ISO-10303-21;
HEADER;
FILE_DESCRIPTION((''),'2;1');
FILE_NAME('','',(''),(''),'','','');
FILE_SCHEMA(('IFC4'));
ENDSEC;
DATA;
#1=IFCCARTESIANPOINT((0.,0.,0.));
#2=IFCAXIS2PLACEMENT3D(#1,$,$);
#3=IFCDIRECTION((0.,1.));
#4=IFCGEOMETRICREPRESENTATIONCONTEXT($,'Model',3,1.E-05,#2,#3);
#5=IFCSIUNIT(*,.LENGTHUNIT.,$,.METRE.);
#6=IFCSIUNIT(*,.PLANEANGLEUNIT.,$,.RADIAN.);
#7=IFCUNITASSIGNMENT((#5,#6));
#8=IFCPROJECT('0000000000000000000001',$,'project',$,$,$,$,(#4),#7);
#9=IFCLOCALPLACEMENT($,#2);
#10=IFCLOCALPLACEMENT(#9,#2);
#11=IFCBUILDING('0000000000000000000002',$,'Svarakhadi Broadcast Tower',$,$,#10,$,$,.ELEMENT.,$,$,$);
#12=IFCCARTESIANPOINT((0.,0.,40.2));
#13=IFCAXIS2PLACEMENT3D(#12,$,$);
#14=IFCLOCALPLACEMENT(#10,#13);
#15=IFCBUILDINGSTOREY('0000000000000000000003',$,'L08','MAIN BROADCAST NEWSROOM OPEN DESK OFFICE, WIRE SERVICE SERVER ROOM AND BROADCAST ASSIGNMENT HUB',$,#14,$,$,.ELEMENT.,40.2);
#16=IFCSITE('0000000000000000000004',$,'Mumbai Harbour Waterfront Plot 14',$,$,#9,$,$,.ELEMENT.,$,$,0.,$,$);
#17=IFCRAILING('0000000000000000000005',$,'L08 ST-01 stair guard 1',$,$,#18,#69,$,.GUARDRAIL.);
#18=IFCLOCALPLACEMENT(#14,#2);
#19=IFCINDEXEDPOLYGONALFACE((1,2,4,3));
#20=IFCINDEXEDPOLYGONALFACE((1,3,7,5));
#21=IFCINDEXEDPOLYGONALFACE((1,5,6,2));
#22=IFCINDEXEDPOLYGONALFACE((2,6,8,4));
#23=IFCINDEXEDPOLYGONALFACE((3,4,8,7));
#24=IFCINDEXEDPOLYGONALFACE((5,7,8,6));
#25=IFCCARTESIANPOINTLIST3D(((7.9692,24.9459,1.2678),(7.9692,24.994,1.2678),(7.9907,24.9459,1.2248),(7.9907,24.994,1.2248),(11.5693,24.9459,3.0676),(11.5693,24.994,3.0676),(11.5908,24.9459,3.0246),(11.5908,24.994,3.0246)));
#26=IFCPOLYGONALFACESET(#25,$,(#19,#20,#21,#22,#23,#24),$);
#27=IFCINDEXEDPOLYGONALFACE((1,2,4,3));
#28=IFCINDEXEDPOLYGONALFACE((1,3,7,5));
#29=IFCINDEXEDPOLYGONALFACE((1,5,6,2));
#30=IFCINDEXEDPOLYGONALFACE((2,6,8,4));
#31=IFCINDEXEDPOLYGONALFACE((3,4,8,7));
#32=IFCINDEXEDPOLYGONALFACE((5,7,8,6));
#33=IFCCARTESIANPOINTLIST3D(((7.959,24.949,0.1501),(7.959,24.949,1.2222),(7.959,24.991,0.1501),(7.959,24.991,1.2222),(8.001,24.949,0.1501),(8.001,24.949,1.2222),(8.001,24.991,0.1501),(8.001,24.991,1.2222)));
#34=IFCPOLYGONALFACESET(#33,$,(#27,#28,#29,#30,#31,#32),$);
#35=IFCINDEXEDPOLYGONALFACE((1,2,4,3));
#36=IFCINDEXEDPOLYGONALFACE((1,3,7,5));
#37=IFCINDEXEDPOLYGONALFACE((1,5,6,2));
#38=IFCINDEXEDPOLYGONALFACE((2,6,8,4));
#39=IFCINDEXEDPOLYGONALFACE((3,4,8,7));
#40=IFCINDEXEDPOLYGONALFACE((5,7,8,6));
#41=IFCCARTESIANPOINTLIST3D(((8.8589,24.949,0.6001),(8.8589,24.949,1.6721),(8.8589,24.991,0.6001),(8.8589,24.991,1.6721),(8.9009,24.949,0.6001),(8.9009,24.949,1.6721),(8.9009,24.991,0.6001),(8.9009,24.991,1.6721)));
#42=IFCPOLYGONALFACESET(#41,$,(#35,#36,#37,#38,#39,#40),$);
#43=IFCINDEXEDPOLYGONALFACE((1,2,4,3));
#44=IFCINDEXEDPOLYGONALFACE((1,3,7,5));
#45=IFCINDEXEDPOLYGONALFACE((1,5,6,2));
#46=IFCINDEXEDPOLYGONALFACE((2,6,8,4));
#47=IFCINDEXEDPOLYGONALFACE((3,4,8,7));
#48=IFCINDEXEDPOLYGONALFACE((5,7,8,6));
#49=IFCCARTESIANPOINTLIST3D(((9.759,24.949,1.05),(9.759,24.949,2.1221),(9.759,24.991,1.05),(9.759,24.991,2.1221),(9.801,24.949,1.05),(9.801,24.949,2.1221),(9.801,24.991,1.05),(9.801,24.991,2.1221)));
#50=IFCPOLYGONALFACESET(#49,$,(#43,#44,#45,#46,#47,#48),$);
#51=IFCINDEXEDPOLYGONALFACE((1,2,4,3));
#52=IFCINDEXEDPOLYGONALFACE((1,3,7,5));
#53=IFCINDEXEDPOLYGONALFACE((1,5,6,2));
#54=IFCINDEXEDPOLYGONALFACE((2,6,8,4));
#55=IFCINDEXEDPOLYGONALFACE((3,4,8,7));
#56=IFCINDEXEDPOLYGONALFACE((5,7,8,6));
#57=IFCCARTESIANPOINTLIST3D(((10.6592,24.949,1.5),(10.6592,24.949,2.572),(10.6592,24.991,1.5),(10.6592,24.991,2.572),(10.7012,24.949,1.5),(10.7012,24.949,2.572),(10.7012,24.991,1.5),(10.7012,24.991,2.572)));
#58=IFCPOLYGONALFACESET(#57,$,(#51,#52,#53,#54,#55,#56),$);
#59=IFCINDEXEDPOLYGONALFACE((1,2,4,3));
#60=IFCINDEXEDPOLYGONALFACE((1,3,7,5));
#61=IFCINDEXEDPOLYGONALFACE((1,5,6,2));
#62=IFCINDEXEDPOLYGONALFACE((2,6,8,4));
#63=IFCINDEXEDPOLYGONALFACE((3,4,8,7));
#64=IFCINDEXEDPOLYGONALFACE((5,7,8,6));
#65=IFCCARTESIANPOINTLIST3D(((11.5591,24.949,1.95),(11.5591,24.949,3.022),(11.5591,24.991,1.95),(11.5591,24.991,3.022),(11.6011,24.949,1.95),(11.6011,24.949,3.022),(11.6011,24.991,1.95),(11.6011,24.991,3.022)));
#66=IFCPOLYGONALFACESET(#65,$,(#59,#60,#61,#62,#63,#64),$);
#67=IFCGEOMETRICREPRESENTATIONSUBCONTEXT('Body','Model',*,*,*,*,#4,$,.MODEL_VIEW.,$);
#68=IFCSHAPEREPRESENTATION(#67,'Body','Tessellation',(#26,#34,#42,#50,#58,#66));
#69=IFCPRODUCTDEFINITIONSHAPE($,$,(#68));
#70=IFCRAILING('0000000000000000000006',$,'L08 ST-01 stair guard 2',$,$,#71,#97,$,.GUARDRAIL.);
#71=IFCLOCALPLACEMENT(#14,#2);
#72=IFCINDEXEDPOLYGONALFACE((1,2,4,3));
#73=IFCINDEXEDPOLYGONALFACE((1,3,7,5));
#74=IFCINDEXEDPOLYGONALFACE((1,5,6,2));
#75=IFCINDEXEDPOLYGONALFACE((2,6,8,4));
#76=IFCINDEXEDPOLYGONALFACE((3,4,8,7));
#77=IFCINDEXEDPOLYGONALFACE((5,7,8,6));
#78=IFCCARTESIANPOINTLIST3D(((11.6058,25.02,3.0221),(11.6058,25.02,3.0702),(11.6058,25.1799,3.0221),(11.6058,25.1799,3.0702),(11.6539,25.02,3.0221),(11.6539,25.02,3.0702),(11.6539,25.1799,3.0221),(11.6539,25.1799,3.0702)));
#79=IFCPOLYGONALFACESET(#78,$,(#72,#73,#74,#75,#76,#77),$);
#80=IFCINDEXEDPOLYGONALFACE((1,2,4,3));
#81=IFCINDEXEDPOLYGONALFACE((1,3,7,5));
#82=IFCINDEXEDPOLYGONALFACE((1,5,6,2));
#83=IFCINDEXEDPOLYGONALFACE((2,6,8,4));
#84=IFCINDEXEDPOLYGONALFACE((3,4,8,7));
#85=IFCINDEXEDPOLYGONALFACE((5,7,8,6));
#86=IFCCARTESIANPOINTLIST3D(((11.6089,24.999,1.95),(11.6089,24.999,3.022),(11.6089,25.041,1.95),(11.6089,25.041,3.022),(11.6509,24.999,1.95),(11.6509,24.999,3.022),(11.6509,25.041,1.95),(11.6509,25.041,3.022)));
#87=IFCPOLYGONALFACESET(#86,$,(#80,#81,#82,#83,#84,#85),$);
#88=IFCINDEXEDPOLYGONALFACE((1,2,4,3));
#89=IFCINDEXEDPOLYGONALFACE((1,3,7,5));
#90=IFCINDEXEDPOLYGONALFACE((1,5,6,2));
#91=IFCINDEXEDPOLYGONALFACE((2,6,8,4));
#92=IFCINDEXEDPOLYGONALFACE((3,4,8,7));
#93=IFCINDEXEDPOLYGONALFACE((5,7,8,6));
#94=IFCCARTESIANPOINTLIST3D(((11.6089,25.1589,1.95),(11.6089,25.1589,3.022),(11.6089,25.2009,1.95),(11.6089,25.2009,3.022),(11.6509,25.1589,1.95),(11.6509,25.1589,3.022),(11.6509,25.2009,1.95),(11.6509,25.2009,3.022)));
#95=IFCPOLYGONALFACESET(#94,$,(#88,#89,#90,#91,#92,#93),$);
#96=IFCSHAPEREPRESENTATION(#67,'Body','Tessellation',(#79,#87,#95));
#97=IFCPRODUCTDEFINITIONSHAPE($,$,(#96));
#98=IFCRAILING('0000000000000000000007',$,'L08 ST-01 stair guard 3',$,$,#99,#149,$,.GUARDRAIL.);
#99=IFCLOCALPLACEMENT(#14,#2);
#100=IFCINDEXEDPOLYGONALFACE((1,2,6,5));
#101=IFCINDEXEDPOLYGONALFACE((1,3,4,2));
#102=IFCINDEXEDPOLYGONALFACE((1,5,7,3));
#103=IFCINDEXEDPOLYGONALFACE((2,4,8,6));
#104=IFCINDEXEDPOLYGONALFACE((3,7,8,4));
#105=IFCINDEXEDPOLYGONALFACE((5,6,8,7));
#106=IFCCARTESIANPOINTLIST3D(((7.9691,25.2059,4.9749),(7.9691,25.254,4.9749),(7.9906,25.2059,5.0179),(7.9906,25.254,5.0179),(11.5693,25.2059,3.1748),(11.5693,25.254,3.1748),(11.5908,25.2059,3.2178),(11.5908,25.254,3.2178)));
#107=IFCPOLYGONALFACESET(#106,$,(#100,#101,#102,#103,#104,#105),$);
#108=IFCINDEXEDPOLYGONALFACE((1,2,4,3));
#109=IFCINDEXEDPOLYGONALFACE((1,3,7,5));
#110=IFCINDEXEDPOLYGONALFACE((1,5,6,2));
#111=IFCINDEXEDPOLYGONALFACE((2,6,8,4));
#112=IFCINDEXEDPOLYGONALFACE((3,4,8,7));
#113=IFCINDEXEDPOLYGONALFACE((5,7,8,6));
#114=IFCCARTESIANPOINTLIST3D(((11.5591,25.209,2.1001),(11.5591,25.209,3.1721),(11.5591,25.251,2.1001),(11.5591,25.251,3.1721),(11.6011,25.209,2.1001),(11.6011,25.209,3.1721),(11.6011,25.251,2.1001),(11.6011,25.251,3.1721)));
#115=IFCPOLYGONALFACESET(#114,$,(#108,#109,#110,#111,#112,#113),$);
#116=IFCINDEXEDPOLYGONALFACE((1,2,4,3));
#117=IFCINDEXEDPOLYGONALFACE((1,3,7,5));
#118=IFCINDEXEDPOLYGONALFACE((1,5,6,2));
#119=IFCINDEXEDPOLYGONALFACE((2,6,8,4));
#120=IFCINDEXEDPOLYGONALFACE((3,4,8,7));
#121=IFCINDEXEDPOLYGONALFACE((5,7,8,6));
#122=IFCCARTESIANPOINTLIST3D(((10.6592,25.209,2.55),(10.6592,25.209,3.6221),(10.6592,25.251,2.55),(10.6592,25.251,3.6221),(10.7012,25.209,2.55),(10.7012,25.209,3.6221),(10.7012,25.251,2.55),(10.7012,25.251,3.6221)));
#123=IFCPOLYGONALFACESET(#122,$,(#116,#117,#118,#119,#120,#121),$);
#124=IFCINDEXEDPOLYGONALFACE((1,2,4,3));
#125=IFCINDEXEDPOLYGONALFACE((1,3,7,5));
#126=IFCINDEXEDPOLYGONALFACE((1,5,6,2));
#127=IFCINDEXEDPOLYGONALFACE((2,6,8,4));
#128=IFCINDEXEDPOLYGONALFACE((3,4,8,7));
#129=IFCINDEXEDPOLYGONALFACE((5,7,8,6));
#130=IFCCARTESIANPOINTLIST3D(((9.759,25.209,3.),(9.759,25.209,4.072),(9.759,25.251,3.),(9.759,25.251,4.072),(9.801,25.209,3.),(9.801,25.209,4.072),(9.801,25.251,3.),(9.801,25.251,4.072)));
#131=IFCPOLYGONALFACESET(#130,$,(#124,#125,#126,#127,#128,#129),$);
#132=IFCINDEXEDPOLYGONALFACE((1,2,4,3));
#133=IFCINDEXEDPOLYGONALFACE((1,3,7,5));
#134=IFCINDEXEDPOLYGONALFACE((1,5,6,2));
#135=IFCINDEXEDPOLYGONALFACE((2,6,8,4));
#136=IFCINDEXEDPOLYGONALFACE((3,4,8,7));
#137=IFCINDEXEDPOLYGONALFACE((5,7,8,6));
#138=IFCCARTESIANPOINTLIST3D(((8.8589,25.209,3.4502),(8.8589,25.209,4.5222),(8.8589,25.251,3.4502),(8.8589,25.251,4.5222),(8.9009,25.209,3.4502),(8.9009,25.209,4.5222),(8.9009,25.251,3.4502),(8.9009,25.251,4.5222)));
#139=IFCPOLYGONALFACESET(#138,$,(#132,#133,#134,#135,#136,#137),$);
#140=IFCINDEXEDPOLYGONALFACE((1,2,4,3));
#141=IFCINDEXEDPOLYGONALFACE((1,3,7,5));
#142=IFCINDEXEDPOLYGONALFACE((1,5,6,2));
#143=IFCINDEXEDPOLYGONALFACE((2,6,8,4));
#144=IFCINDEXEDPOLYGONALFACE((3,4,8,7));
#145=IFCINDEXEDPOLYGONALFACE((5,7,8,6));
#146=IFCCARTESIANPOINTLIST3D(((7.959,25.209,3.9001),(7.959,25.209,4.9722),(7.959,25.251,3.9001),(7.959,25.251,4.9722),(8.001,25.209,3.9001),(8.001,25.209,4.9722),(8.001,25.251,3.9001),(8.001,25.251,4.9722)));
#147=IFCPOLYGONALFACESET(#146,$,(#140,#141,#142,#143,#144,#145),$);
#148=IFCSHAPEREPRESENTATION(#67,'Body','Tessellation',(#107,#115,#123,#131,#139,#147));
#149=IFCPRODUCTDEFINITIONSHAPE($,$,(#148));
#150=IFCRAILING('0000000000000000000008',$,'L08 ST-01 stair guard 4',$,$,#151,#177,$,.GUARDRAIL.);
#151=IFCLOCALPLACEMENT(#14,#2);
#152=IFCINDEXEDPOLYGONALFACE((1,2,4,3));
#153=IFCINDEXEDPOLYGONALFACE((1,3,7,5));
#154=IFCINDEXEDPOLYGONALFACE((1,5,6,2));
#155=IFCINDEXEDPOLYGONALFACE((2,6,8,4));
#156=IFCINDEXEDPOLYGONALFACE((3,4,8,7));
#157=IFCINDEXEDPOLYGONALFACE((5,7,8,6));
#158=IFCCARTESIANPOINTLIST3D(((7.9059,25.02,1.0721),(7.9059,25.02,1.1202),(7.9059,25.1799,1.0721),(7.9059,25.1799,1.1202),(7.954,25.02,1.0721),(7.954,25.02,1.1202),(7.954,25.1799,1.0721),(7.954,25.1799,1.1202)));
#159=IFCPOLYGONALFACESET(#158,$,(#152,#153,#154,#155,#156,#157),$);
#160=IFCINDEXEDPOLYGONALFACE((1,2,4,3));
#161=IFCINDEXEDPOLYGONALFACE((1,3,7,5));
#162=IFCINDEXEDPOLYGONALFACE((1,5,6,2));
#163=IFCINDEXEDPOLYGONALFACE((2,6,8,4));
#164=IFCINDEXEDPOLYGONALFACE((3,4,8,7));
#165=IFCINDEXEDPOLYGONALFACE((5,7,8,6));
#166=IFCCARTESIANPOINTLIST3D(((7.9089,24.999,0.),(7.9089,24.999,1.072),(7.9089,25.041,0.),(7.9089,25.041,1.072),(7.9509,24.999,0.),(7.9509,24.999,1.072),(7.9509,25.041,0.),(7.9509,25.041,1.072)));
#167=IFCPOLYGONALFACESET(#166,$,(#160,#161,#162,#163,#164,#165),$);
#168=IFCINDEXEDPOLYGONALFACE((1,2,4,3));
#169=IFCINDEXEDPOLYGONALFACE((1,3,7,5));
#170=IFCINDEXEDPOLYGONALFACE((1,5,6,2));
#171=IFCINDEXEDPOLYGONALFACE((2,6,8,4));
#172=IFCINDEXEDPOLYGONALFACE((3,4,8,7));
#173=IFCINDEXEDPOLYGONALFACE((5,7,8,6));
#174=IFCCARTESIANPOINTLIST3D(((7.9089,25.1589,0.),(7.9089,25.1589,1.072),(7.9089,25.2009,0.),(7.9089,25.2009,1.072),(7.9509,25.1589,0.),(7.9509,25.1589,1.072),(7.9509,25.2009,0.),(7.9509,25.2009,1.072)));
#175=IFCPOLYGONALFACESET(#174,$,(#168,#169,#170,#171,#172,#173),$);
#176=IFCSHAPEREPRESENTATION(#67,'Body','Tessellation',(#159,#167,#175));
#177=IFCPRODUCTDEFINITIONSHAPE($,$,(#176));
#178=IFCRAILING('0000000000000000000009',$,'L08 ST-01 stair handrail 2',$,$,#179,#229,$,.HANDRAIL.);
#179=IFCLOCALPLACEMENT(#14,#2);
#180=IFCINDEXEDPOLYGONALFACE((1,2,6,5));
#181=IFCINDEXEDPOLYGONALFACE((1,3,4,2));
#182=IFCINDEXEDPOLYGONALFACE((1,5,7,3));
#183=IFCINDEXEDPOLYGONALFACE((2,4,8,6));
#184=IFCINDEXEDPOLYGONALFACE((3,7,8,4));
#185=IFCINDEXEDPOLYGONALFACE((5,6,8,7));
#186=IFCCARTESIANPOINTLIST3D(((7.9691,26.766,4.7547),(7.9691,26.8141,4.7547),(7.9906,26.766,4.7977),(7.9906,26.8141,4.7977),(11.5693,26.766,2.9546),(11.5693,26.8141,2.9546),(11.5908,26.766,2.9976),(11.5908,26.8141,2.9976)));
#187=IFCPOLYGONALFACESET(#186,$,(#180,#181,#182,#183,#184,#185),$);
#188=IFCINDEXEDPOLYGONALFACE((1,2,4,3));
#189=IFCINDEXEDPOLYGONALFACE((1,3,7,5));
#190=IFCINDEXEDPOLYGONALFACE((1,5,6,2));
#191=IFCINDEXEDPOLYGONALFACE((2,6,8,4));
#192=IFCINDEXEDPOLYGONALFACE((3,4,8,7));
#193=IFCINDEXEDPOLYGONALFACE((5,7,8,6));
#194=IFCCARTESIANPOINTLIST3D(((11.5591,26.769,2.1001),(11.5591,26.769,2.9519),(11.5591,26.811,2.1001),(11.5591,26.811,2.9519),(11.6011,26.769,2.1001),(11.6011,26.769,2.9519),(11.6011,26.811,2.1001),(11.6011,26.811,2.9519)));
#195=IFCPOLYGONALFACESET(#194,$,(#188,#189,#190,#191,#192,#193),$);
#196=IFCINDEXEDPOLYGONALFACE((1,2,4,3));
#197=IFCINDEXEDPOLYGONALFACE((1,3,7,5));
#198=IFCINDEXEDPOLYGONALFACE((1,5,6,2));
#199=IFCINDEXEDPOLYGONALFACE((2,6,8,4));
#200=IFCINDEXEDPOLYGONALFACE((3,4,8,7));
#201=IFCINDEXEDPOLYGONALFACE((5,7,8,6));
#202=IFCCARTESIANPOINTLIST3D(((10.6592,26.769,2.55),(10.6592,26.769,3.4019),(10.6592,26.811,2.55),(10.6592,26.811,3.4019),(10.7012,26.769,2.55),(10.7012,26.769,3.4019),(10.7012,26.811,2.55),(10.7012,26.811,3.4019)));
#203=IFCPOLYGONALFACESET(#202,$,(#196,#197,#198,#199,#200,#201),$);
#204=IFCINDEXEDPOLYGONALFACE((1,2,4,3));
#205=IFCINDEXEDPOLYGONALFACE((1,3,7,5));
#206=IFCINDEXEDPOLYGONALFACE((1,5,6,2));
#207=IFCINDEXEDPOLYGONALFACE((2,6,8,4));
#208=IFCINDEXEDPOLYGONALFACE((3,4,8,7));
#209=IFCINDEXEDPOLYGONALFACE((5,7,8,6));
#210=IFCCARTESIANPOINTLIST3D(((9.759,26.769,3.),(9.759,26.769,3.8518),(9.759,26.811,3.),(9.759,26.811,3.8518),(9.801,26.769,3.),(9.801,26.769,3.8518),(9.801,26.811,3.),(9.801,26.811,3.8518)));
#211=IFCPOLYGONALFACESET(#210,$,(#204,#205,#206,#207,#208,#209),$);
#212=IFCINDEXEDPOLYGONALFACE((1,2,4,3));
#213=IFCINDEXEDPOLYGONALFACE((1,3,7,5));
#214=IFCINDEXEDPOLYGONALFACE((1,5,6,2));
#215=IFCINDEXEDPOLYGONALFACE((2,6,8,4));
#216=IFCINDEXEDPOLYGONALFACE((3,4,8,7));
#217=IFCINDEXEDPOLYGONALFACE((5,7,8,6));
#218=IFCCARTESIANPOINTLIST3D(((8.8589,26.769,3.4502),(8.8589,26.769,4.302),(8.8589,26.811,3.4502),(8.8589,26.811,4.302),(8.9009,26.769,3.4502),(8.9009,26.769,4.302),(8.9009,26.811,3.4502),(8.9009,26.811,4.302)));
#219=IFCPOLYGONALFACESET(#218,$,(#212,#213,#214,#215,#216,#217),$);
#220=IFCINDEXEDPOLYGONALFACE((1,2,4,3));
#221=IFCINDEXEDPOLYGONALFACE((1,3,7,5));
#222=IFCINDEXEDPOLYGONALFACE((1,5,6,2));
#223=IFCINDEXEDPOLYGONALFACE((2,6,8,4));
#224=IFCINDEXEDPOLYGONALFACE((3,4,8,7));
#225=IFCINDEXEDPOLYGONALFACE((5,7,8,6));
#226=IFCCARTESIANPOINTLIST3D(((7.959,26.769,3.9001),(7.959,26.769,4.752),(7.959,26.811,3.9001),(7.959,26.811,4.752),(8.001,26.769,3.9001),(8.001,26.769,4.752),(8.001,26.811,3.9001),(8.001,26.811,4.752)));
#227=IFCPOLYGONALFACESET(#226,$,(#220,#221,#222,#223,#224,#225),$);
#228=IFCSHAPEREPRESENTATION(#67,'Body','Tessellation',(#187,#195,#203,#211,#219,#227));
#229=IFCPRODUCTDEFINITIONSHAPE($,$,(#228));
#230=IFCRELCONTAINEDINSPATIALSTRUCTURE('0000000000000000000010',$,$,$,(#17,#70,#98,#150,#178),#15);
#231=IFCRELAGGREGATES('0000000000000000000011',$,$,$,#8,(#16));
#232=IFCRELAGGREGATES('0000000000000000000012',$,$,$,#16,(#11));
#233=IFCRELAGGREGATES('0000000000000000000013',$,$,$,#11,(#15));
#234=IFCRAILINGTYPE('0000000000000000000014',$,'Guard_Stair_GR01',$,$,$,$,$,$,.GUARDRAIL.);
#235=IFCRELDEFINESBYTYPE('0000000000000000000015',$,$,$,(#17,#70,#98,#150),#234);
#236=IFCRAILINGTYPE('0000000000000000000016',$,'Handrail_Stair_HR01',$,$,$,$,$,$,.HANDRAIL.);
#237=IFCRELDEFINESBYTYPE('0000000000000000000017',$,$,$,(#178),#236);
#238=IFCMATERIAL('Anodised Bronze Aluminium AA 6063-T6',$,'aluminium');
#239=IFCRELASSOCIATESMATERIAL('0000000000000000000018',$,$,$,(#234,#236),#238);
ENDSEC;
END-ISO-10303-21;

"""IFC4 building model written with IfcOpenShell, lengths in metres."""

from ifc_helpers import new_model, si_unit, direction, frame, origin, origin_2d, place, context, subcontext, project, spatial, rectangle, extrude, material, type_object, element, save


model = new_model("IFC4")

# Units and contexts
model_context = context("Model", 3, precision=1e-05, world=origin(), true_north=direction((0.0, 1.0)))
body_context = subcontext(model_context, "Body", "Model", "MODEL_VIEW")
ifc_project = project(units=[si_unit("LENGTHUNIT", "METRE"), si_unit("PLANEANGLEUNIT", "RADIAN")], contexts=[model_context])

# Site, building, storey
site_placement = place(None, origin())
site = spatial("IfcSite", under=ifc_project, at=site_placement, Name="Mumbai Harbour Waterfront Plot 14", CompositionType="ELEMENT", RefElevation=0.0)
building_placement = place(site_placement, origin())
building = spatial("IfcBuilding", under=site, at=building_placement, Name="Svarakhadi Broadcast Tower", CompositionType="ELEMENT")
storey_placement = place(building_placement, frame((0.0, 0.0, 40.2)))
storey = spatial("IfcBuildingStorey", under=building, at=storey_placement, Name="L08", Description="MAIN BROADCAST NEWSROOM OPEN DESK OFFICE, WIRE SERVICE SERVER ROOM AND BROADCAST ASSIGNMENT HUB", CompositionType="ELEMENT", Elevation=40.2)

# Railings
ifc_material_1 = material(Name="Anodised Bronze Aluminium AA 6063-T6", Category="aluminium")
railing_type_1 = type_object("IfcRailingType", Name="Guard_Stair_GR01", PredefinedType="GUARDRAIL", material=ifc_material_1)
railing_1_placement = place(storey_placement, frame((7.98, 24.97, 0.1501)))
element("IfcRailing", 1, at=railing_1_placement, inside=storey, type_object=railing_type_1, Name="L08 ST-01 stair guard 1", PredefinedType="GUARDRAIL", context=body_context, shape_type="SweptSolid", body=[
    extrude(rectangle(XDim=0.0481, YDim=0.0481, at=origin_2d()), frame((0.0, 0.0, 1.0962), z_axis=(0.894451, 0.0, 0.447165), x_axis=(0.0, 1.0, 0.0)), (0.0, 0.0, 1.0), 4.0249),
    extrude(rectangle(XDim=0.042, YDim=0.042, at=origin_2d()), origin(), (0.0, 0.0, 1.0), 1.072),
    extrude(rectangle(XDim=0.042, YDim=0.042, at=origin_2d()), frame((0.8999, 0.0, 0.45)), (0.0, 0.0, 1.0), 1.072),
    extrude(rectangle(XDim=0.042, YDim=0.042, at=origin_2d()), frame((1.8, 0.0, 0.8999)), (0.0, 0.0, 1.0), 1.072),
    extrude(rectangle(XDim=0.042, YDim=0.042, at=origin_2d()), frame((2.7002, 0.0, 1.3499)), (0.0, 0.0, 1.0), 1.072),
    extrude(rectangle(XDim=0.042, YDim=0.042, at=origin_2d()), frame((3.6001, 0.0, 1.7998)), (0.0, 0.0, 1.0), 1.072),
])
railing_2_placement = place(storey_placement, frame((11.6299, 25.02, 1.95)))
element("IfcRailing", 2, at=railing_2_placement, inside=storey, type_object=railing_type_1, Name="L08 ST-01 stair guard 2", PredefinedType="GUARDRAIL", context=body_context, shape_type="SweptSolid", body=[
    extrude(rectangle(XDim=0.0481, YDim=0.0481, at=origin_2d()), frame((0.0, 0.0, 1.0962), z_axis=(0.0, 1.0, 0.0), x_axis=(-1.0, 0.0, 0.0)), (0.0, 0.0, 1.0), 0.1599),
    extrude(rectangle(XDim=0.042, YDim=0.042, at=origin_2d()), origin(), (0.0, 0.0, 1.0), 1.072),
    extrude(rectangle(XDim=0.042, YDim=0.042, at=origin_2d()), frame((0.0, 0.1599, 0.0)), (0.0, 0.0, 1.0), 1.072),
])
railing_3_placement = place(storey_placement, frame((11.5801, 25.23, 2.1001)))
element("IfcRailing", 3, at=railing_3_placement, inside=storey, type_object=railing_type_1, Name="L08 ST-01 stair guard 3", PredefinedType="GUARDRAIL", context=body_context, shape_type="SweptSolid", body=[
    extrude(rectangle(XDim=0.0481, YDim=0.0481, at=origin_2d()), frame((0.0, 0.0, 1.0962), z_axis=(-0.894427, 0.0, 0.447214), x_axis=(0.0, -1.0, 0.0)), (0.0, 0.0, 1.0), 4.0251),
    extrude(rectangle(XDim=0.042, YDim=0.042, at=origin_2d()), origin(), (0.0, 0.0, 1.0), 1.072),
    extrude(rectangle(XDim=0.042, YDim=0.042, at=origin_2d()), frame((-0.8999, 0.0, 0.45)), (0.0, 0.0, 1.0), 1.072),
    extrude(rectangle(XDim=0.042, YDim=0.042, at=origin_2d()), frame((-1.8, 0.0, 0.8999)), (0.0, 0.0, 1.0), 1.072),
    extrude(rectangle(XDim=0.042, YDim=0.042, at=origin_2d()), frame((-2.7002, 0.0, 1.3501)), (0.0, 0.0, 1.0), 1.072),
    extrude(rectangle(XDim=0.042, YDim=0.042, at=origin_2d()), frame((-3.6001, 0.0, 1.8)), (0.0, 0.0, 1.0), 1.072),
])
railing_4_placement = place(storey_placement, frame((7.9299, 25.02, 0.0)))
element("IfcRailing", 4, at=railing_4_placement, inside=storey, type_object=railing_type_1, Name="L08 ST-01 stair guard 4", PredefinedType="GUARDRAIL", context=body_context, shape_type="SweptSolid", body=[
    extrude(rectangle(XDim=0.0481, YDim=0.0481, at=origin_2d()), frame((0.0, 0.0, 1.0962), z_axis=(0.0, 1.0, 0.0), x_axis=(-1.0, 0.0, 0.0)), (0.0, 0.0, 1.0), 0.1599),
    extrude(rectangle(XDim=0.042, YDim=0.042, at=origin_2d()), origin(), (0.0, 0.0, 1.0), 1.072),
    extrude(rectangle(XDim=0.042, YDim=0.042, at=origin_2d()), frame((0.0, 0.1599, 0.0)), (0.0, 0.0, 1.0), 1.072),
])
railing_type_2 = type_object("IfcRailingType", Name="Handrail_Stair_HR01", PredefinedType="HANDRAIL", material=ifc_material_1)
railing_5_placement = place(storey_placement, frame((11.5801, 26.79, 2.1001)))
element("IfcRailing", 5, at=railing_5_placement, inside=storey, type_object=railing_type_2, Name="L08 ST-01 stair handrail 2", PredefinedType="HANDRAIL", context=body_context, shape_type="SweptSolid", body=[
    extrude(rectangle(XDim=0.0481, YDim=0.0481, at=origin_2d()), frame((0.0, 0.0, 0.876), z_axis=(-0.894427, 0.0, 0.447214), x_axis=(0.0, -1.0, 0.0)), (0.0, 0.0, 1.0), 4.0251),
    extrude(rectangle(XDim=0.042, YDim=0.042, at=origin_2d()), origin(), (0.0, 0.0, 1.0), 0.8518),
    extrude(rectangle(XDim=0.042, YDim=0.042, at=origin_2d()), frame((-0.8999, 0.0, 0.45)), (0.0, 0.0, 1.0), 0.8518),
    extrude(rectangle(XDim=0.042, YDim=0.042, at=origin_2d()), frame((-1.8, 0.0, 0.8999)), (0.0, 0.0, 1.0), 0.8518),
    extrude(rectangle(XDim=0.042, YDim=0.042, at=origin_2d()), frame((-2.7002, 0.0, 1.3501)), (0.0, 0.0, 1.0), 0.8518),
    extrude(rectangle(XDim=0.042, YDim=0.042, at=origin_2d()), frame((-3.6001, 0.0, 1.8)), (0.0, 0.0, 1.0), 0.8518),
])

save(model, "model.ifc")
